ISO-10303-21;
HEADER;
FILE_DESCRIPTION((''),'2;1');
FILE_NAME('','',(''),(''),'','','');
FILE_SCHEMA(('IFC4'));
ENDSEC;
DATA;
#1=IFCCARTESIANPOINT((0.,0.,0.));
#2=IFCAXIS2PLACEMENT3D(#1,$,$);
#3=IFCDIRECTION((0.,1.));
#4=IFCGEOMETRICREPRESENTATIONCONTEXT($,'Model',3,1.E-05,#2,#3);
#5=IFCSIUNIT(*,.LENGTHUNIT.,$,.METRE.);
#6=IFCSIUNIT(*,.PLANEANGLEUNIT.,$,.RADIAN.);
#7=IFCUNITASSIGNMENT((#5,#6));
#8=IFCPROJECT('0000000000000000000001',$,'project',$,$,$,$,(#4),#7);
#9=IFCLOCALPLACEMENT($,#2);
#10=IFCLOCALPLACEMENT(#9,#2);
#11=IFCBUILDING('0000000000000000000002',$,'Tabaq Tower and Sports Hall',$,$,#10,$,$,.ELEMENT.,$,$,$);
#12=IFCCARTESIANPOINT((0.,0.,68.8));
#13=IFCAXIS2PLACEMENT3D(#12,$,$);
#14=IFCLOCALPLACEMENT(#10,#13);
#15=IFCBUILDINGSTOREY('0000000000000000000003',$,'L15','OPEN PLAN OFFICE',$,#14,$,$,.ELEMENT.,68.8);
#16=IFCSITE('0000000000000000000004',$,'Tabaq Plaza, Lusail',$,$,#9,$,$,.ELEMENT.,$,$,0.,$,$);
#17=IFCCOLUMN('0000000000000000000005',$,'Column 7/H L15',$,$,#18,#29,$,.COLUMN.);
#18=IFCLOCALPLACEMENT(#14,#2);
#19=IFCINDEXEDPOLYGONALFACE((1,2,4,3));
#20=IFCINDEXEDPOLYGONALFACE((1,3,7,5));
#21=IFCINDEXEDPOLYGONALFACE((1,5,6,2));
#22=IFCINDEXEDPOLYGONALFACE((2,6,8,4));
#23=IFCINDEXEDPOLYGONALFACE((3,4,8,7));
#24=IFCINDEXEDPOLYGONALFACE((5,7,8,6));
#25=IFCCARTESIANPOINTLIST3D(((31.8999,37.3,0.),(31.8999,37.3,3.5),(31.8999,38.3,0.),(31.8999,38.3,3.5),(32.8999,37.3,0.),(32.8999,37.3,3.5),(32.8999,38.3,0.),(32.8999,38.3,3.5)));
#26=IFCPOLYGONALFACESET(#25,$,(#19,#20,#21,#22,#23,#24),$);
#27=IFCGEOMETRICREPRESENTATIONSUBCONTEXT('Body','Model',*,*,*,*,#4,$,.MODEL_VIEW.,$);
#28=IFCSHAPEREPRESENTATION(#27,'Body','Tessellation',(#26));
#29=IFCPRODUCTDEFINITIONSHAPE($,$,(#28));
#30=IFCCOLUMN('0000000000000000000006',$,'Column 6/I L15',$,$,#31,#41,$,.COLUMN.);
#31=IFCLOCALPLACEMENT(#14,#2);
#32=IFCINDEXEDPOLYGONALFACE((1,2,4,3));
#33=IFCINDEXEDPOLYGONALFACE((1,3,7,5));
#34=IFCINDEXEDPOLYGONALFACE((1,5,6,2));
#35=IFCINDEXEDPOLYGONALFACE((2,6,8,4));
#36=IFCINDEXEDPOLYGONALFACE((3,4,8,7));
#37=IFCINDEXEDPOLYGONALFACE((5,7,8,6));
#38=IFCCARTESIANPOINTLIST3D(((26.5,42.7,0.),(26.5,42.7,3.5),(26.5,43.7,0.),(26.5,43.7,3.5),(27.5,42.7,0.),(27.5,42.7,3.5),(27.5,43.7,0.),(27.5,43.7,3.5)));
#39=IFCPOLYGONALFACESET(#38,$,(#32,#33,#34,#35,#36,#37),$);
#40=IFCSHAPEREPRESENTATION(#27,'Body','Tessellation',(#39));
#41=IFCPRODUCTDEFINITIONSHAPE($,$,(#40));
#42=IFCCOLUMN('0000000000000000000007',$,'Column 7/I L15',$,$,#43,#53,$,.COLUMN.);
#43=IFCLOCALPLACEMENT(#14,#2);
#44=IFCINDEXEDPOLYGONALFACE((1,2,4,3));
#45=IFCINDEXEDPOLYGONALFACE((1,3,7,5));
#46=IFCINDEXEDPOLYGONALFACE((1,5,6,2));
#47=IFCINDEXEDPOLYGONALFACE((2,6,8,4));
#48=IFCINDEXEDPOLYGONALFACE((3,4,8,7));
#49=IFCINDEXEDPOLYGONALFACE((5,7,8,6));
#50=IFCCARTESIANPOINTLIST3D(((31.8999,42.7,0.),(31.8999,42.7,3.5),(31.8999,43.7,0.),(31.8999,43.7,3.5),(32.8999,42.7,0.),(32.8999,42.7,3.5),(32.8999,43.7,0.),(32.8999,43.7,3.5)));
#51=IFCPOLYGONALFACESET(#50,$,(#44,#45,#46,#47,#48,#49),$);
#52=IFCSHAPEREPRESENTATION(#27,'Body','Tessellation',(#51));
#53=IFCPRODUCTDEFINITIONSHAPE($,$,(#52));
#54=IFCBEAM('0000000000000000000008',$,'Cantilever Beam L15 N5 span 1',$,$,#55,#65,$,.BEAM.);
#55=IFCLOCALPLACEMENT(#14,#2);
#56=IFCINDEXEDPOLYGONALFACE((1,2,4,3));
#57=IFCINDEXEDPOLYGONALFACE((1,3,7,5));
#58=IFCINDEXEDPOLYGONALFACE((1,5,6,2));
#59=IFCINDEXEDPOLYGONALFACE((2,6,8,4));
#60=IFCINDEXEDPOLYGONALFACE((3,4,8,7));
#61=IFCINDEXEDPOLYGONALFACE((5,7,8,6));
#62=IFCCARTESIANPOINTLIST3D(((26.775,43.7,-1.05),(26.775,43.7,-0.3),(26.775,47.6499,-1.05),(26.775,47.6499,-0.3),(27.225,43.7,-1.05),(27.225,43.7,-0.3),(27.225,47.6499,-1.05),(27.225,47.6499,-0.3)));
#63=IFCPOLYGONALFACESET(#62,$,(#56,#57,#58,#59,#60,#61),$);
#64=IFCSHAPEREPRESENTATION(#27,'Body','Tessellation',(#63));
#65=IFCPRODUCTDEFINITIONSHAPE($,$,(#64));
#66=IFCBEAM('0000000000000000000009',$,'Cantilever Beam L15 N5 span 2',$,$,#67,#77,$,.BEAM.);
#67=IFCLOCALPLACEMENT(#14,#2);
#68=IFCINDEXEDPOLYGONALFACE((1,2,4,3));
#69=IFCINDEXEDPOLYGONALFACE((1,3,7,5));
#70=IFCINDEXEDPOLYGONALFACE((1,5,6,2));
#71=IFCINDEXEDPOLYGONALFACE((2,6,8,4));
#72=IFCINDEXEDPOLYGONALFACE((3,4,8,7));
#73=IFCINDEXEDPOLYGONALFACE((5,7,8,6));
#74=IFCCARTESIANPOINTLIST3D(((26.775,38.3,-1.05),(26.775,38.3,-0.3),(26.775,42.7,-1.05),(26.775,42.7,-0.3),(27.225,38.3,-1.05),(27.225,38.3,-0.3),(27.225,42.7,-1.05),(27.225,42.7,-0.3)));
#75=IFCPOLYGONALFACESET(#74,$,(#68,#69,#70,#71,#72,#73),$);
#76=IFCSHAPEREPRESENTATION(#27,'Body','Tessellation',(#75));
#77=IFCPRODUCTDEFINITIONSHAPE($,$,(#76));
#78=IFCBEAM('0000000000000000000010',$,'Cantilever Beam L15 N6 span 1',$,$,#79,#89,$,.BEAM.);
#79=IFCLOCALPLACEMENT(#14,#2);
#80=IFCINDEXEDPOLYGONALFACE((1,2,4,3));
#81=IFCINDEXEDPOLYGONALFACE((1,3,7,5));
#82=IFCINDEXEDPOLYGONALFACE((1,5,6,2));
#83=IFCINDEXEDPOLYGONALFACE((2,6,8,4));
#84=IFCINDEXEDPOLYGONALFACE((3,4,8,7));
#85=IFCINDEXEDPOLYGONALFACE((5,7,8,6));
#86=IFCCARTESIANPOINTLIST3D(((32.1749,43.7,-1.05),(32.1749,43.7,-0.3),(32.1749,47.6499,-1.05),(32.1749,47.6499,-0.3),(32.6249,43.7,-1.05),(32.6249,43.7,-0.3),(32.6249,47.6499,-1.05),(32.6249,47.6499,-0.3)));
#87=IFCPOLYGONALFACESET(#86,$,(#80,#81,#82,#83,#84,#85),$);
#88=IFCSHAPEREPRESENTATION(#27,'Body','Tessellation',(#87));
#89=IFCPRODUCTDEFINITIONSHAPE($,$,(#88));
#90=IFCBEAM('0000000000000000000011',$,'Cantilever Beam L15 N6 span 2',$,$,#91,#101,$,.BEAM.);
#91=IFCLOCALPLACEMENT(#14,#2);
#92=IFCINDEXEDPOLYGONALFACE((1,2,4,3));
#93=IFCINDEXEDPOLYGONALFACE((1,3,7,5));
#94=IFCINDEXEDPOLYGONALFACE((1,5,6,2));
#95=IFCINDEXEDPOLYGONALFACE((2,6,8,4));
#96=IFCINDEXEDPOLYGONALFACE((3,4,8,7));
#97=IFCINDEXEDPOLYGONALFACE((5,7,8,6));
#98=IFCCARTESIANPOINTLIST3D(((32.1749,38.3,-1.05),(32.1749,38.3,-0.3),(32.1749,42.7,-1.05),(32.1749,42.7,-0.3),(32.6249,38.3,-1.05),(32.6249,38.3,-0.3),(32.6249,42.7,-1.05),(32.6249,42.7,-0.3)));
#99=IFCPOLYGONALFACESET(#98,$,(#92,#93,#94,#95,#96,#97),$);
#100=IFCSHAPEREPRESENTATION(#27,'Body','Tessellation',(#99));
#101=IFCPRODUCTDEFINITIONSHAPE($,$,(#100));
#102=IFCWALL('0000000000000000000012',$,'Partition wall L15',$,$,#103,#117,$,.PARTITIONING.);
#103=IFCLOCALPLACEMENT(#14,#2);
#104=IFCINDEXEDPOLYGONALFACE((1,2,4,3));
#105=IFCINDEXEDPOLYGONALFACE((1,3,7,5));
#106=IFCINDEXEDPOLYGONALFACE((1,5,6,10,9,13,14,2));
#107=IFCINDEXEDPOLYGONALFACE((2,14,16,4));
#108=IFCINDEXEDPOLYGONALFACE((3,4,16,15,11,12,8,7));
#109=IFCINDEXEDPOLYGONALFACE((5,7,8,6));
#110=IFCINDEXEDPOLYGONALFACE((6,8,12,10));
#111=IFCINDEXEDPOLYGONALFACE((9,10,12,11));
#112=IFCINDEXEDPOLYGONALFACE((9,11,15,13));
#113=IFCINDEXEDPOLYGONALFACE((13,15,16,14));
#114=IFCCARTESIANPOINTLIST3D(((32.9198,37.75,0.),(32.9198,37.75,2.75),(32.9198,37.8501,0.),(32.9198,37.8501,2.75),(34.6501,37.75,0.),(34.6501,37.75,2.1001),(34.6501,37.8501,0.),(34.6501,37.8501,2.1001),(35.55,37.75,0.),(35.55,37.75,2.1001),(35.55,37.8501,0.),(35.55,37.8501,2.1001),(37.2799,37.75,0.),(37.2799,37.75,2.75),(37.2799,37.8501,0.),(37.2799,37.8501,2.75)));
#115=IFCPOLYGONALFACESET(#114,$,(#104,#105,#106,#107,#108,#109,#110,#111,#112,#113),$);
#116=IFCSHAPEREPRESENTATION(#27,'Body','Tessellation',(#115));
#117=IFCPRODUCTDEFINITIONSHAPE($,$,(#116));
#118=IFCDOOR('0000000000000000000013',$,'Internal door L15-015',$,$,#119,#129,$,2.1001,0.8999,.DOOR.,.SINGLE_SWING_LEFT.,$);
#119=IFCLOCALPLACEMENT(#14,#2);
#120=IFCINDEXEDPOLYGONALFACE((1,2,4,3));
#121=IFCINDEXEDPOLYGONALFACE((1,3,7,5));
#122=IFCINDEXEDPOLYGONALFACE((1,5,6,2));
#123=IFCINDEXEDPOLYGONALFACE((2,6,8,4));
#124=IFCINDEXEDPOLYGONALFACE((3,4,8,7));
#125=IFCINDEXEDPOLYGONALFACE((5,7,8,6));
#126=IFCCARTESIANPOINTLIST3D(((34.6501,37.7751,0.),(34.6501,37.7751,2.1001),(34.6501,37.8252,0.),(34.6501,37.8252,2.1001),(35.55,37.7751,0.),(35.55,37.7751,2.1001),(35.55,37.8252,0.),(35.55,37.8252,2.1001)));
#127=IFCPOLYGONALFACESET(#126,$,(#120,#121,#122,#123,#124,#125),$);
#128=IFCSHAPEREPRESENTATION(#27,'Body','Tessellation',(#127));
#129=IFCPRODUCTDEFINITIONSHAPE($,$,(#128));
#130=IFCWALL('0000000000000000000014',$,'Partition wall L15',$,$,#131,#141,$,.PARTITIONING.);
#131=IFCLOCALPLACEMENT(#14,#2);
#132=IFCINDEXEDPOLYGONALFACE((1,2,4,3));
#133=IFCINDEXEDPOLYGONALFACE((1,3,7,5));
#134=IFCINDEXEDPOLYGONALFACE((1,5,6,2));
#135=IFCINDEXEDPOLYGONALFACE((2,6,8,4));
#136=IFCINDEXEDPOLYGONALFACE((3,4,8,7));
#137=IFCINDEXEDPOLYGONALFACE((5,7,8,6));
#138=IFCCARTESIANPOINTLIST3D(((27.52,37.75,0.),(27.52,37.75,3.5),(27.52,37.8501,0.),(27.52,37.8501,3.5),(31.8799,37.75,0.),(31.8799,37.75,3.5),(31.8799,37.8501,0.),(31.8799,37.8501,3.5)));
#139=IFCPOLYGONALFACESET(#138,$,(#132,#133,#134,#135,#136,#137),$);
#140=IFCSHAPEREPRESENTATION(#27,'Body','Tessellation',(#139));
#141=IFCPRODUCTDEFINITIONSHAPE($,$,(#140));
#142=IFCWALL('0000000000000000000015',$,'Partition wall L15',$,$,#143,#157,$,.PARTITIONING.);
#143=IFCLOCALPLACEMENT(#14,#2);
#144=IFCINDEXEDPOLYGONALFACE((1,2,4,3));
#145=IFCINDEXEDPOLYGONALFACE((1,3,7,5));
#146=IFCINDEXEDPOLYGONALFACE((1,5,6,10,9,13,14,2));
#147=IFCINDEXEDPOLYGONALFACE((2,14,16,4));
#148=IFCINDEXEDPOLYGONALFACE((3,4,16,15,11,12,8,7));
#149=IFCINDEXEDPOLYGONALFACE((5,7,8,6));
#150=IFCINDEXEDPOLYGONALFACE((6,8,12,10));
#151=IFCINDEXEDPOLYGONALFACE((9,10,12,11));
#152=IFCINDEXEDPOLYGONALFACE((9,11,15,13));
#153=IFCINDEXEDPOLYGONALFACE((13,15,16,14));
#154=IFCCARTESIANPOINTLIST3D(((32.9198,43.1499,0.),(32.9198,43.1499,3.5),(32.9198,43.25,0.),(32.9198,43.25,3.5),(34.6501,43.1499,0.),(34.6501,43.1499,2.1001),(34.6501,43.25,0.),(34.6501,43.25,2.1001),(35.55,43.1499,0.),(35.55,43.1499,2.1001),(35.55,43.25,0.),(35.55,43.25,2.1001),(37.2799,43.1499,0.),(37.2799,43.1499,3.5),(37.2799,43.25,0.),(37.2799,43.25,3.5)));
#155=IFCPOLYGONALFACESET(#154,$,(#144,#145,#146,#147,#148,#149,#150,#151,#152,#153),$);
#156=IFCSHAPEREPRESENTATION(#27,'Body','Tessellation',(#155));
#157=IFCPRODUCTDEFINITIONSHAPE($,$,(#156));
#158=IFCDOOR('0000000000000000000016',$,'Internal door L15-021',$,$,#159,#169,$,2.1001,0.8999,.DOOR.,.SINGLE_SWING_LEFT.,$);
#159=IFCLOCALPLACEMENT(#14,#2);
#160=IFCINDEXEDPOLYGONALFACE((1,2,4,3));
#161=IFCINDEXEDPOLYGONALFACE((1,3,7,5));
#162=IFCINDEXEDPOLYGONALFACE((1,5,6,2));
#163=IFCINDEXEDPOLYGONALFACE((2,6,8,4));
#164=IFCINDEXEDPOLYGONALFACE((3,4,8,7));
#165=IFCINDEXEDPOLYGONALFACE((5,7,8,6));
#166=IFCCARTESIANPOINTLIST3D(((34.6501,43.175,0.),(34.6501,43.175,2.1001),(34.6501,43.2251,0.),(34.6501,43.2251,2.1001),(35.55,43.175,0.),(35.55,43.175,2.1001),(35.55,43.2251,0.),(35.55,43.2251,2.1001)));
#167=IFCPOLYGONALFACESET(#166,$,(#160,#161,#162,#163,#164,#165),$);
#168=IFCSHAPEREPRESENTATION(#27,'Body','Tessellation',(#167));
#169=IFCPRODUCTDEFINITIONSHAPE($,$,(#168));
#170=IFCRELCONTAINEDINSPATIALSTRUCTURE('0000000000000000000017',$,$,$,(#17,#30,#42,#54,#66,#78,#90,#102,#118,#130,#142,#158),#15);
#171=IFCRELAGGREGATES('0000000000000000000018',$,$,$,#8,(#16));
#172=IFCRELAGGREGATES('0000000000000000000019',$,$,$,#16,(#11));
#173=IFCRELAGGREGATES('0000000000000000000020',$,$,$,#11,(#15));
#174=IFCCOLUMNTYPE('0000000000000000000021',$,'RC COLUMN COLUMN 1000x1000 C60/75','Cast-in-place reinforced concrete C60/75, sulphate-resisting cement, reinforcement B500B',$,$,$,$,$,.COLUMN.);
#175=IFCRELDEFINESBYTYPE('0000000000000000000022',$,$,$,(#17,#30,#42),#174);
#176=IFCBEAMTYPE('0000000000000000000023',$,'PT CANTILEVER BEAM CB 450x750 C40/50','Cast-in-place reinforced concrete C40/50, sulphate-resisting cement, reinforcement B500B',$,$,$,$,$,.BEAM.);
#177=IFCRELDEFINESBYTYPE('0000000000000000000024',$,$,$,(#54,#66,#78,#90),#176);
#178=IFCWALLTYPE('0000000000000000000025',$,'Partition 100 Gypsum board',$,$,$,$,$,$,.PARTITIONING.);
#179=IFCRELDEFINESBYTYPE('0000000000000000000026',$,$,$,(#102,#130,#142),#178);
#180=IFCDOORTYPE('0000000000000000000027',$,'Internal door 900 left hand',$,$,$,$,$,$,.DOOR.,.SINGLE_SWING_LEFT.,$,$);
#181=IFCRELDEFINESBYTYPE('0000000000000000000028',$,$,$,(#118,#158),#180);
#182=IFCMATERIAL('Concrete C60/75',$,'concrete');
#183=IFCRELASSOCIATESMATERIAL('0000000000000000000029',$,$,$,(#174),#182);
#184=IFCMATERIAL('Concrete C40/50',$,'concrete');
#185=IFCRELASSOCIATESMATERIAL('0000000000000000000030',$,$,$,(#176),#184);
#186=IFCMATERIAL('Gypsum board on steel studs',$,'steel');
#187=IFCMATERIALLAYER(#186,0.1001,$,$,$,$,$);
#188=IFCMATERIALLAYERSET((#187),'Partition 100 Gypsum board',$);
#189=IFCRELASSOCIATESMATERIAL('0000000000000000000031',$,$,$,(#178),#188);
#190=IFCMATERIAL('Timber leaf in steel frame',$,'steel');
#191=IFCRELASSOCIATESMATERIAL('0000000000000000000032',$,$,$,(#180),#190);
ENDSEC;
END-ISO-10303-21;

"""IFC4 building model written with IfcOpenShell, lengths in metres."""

from ifc_helpers import new_model, si_unit, direction, frame, frame_2d, origin, origin_2d, place, context, subcontext, project, spatial, rectangle, extrude, material, layer, layer_set, material_profile, profile_set, type_object, element, fill, save


model = new_model("IFC4")

# Units and contexts
model_context = context("Model", 3, precision=1e-05, world=origin(), true_north=direction((0.0, 1.0)))
body_context = subcontext(model_context, "Body", "Model", "MODEL_VIEW")
ifc_project = project(units=[si_unit("LENGTHUNIT", "METRE"), si_unit("PLANEANGLEUNIT", "RADIAN")], contexts=[model_context])

# Site, building, storey
site_placement = place(None, origin())
site = spatial("IfcSite", under=ifc_project, at=site_placement, Name="Tabaq Plaza, Lusail", CompositionType="ELEMENT", RefElevation=0.0)
building_placement = place(site_placement, origin())
building = spatial("IfcBuilding", under=site, at=building_placement, Name="Tabaq Tower and Sports Hall", CompositionType="ELEMENT")
storey_placement = place(building_placement, frame((0.0, 0.0, 68.8)))
storey = spatial("IfcBuildingStorey", under=building, at=storey_placement, Name="L15", Description="OPEN PLAN OFFICE", CompositionType="ELEMENT", Elevation=68.8)

# Columns
ifc_material_1 = material(Name="Concrete C60/75", Category="concrete")
ifc_material_profile_1 = material_profile(ifc_material_1, rectangle(XDim=1.0, YDim=1.0, at=origin_2d()), Name="COLUMN 1000x1000")
ifc_profile_set_1 = profile_set([ifc_material_profile_1], Name="Concrete C60/75")
column_type = type_object("IfcColumnType", Name="RC COLUMN COLUMN 1000x1000 C60/75", Description="Cast-in-place reinforced concrete C60/75, sulphate-resisting cement, reinforcement B500B", PredefinedType="COLUMN", material=ifc_profile_set_1)
for number, where, z_axis, x_axis, name in (
    (1, (32.3999, 37.8, 0.0), (0.0, 0.0, 1.0), (1.0, 0.0, 0.0), "Column 7/H L15"),
    (2, (27.0, 43.2, 0.0), (0.0, 0.0, 1.0), (1.0, 0.0, 0.0), "Column 6/I L15"),
    (3, (32.3999, 43.2, 0.0), (0.0, 0.0, 1.0), (1.0, 0.0, 0.0), "Column 7/I L15"),
):
    element("IfcColumn", number, at=place(storey_placement, frame(where, z_axis=z_axis, x_axis=x_axis)), inside=storey, type_object=column_type, Name=name, PredefinedType="COLUMN", context=body_context, shape_type="SweptSolid", body=[
        extrude(rectangle(XDim=1.0, YDim=1.0, at=origin_2d()), origin(), (0.0, 0.0, 1.0), 3.5),
    ])

# Beams
ifc_material_2 = material(Name="Concrete C40/50", Category="concrete")
ifc_material_profile_2 = material_profile(ifc_material_2, rectangle(XDim=0.45, YDim=0.75, at=origin_2d()), Name="CB 450x750")
ifc_profile_set_2 = profile_set([ifc_material_profile_2], Name="Concrete C40/50")
beam_type = type_object("IfcBeamType", Name="PT CANTILEVER BEAM CB 450x750 C40/50", Description="Cast-in-place reinforced concrete C40/50, sulphate-resisting cement, reinforcement B500B", PredefinedType="BEAM", material=ifc_profile_set_2)
beam_1_placement = place(storey_placement, frame((27.0, 47.6499, -0.675), z_axis=(0.0, -1.0, 0.0), x_axis=(1.0, 0.0, 0.0)))
element("IfcBeam", 4, at=beam_1_placement, inside=storey, type_object=beam_type, Name="Cantilever Beam L15 N5 span 1", PredefinedType="BEAM", context=body_context, shape_type="SweptSolid", body=[
    extrude(rectangle(XDim=0.45, YDim=0.75, at=origin_2d()), origin(), (0.0, 0.0, 1.0), 3.95),
])
beam_2_placement = place(storey_placement, frame((27.0, 42.7, -0.675), z_axis=(0.0, -1.0, 0.0), x_axis=(1.0, 0.0, 0.0)))
element("IfcBeam", 5, at=beam_2_placement, inside=storey, type_object=beam_type, Name="Cantilever Beam L15 N5 span 2", PredefinedType="BEAM", context=body_context, shape_type="SweptSolid", body=[
    extrude(rectangle(XDim=0.45, YDim=0.75, at=origin_2d()), origin(), (0.0, 0.0, 1.0), 4.3999),
])
beam_3_placement = place(storey_placement, frame((32.3999, 47.6499, -0.675), z_axis=(0.0, -1.0, 0.0), x_axis=(1.0, 0.0, 0.0)))
element("IfcBeam", 6, at=beam_3_placement, inside=storey, type_object=beam_type, Name="Cantilever Beam L15 N6 span 1", PredefinedType="BEAM", context=body_context, shape_type="SweptSolid", body=[
    extrude(rectangle(XDim=0.45, YDim=0.75, at=origin_2d()), origin(), (0.0, 0.0, 1.0), 3.95),
])
beam_4_placement = place(storey_placement, frame((32.3999, 42.7, -0.675), z_axis=(0.0, -1.0, 0.0), x_axis=(1.0, 0.0, 0.0)))
element("IfcBeam", 7, at=beam_4_placement, inside=storey, type_object=beam_type, Name="Cantilever Beam L15 N6 span 2", PredefinedType="BEAM", context=body_context, shape_type="SweptSolid", body=[
    extrude(rectangle(XDim=0.45, YDim=0.75, at=origin_2d()), origin(), (0.0, 0.0, 1.0), 4.3999),
])

# Wall, opening, door
ifc_material_3 = material(Name="Gypsum board on steel studs", Category="steel")
ifc_layer_1 = layer(ifc_material_3, 0.1001)
ifc_layer_set_1 = layer_set([ifc_layer_1], Name="Partition 100 Gypsum board")
wall_type = type_object("IfcWallType", Name="Partition 100 Gypsum board", PredefinedType="PARTITIONING", material=ifc_layer_set_1)
wall_1_placement = place(storey_placement, frame((37.28, 37.8, 0.0), z_axis=(0.0, 0.0, 1.0), x_axis=(-1.0, 0.0, 0.0)))
wall_1 = element("IfcWall", 8, at=wall_1_placement, inside=storey, type_object=wall_type, Name="Partition wall L15", PredefinedType="PARTITIONING", context=body_context, shape_type="SweptSolid", body=[
    extrude(rectangle(XDim=4.3601, YDim=0.1001, at=frame_2d((2.1802, 0.0))), origin(), (0.0, 0.0, 1.0), 2.75),
])
opening_1_placement = place(wall_1_placement, frame((1.73, 0.0, 0.0)))
opening_1 = element("IfcOpeningElement", 9, at=opening_1_placement, cuts=wall_1, PredefinedType="OPENING", context=body_context, shape_type="SweptSolid", body=[
    extrude(rectangle(XDim=0.8999, YDim=2.1001, at=frame_2d((0.45, 1.05))), frame((0.0, 0.05, 0.0), z_axis=(0.0, -1.0, 0.0), x_axis=(1.0, 0.0, 0.0)), (0.0, 0.0, 1.0), 0.1001),
])
ifc_material_4 = material(Name="Timber leaf in steel frame", Category="steel")
door_type_1 = type_object("IfcDoorType", Name="Internal door 900 left hand", OperationType="SINGLE_SWING_LEFT", PredefinedType="DOOR", material=ifc_material_4)
door_1_placement = place(opening_1_placement, origin())
door_1 = element("IfcDoor", 10, at=door_1_placement, inside=storey, type_object=door_type_1, Name="Internal door L15-015", OperationType="SINGLE_SWING_LEFT", OverallHeight=2.1001, OverallWidth=0.8999, PredefinedType="DOOR", context=body_context, shape_type="SweptSolid", body=[
    extrude(rectangle(XDim=0.8999, YDim=2.1001, at=frame_2d((0.45, 1.05))), frame((0.0, 0.0249, 0.0), z_axis=(0.0, -1.0, 0.0), x_axis=(1.0, 0.0, 0.0)), (0.0, 0.0, 1.0), 0.05),
])
fill(opening_1, door_1)

# Wall
wall_2_placement = place(storey_placement, frame((31.8799, 37.8, 0.0), z_axis=(0.0, 0.0, 1.0), x_axis=(-1.0, 0.0, 0.0)))
element("IfcWall", 11, at=wall_2_placement, inside=storey, type_object=wall_type, Name="Partition wall L15", PredefinedType="PARTITIONING", context=body_context, shape_type="SweptSolid", body=[
    extrude(rectangle(XDim=4.3599, YDim=0.1001, at=frame_2d((2.1799, 0.0))), origin(), (0.0, 0.0, 1.0), 3.5),
])

# Wall, opening, door
wall_3_placement = place(storey_placement, frame((37.28, 43.2, 0.0), z_axis=(0.0, 0.0, 1.0), x_axis=(-1.0, 0.0, 0.0)))
wall_3 = element("IfcWall", 12, at=wall_3_placement, inside=storey, type_object=wall_type, Name="Partition wall L15", PredefinedType="PARTITIONING", context=body_context, shape_type="SweptSolid", body=[
    extrude(rectangle(XDim=4.3601, YDim=0.1001, at=frame_2d((2.1802, 0.0))), origin(), (0.0, 0.0, 1.0), 3.5),
])
opening_2_placement = place(wall_3_placement, frame((1.73, 0.0, 0.0)))
opening_2 = element("IfcOpeningElement", 13, at=opening_2_placement, cuts=wall_3, PredefinedType="OPENING", context=body_context, shape_type="SweptSolid", body=[
    extrude(rectangle(XDim=0.8999, YDim=2.1001, at=frame_2d((0.45, 1.05))), frame((0.0, 0.05, 0.0), z_axis=(0.0, -1.0, 0.0), x_axis=(1.0, 0.0, 0.0)), (0.0, 0.0, 1.0), 0.1001),
])
door_2_placement = place(opening_2_placement, origin())
door_2 = element("IfcDoor", 14, at=door_2_placement, inside=storey, type_object=door_type_1, Name="Internal door L15-021", OperationType="SINGLE_SWING_LEFT", OverallHeight=2.1001, OverallWidth=0.8999, PredefinedType="DOOR", context=body_context, shape_type="SweptSolid", body=[
    extrude(rectangle(XDim=0.8999, YDim=2.1001, at=frame_2d((0.45, 1.05))), frame((0.0, 0.0249, 0.0), z_axis=(0.0, -1.0, 0.0), x_axis=(1.0, 0.0, 0.0)), (0.0, 0.0, 1.0), 0.05),
])
fill(opening_2, door_2)

save(model, "model.ifc")
